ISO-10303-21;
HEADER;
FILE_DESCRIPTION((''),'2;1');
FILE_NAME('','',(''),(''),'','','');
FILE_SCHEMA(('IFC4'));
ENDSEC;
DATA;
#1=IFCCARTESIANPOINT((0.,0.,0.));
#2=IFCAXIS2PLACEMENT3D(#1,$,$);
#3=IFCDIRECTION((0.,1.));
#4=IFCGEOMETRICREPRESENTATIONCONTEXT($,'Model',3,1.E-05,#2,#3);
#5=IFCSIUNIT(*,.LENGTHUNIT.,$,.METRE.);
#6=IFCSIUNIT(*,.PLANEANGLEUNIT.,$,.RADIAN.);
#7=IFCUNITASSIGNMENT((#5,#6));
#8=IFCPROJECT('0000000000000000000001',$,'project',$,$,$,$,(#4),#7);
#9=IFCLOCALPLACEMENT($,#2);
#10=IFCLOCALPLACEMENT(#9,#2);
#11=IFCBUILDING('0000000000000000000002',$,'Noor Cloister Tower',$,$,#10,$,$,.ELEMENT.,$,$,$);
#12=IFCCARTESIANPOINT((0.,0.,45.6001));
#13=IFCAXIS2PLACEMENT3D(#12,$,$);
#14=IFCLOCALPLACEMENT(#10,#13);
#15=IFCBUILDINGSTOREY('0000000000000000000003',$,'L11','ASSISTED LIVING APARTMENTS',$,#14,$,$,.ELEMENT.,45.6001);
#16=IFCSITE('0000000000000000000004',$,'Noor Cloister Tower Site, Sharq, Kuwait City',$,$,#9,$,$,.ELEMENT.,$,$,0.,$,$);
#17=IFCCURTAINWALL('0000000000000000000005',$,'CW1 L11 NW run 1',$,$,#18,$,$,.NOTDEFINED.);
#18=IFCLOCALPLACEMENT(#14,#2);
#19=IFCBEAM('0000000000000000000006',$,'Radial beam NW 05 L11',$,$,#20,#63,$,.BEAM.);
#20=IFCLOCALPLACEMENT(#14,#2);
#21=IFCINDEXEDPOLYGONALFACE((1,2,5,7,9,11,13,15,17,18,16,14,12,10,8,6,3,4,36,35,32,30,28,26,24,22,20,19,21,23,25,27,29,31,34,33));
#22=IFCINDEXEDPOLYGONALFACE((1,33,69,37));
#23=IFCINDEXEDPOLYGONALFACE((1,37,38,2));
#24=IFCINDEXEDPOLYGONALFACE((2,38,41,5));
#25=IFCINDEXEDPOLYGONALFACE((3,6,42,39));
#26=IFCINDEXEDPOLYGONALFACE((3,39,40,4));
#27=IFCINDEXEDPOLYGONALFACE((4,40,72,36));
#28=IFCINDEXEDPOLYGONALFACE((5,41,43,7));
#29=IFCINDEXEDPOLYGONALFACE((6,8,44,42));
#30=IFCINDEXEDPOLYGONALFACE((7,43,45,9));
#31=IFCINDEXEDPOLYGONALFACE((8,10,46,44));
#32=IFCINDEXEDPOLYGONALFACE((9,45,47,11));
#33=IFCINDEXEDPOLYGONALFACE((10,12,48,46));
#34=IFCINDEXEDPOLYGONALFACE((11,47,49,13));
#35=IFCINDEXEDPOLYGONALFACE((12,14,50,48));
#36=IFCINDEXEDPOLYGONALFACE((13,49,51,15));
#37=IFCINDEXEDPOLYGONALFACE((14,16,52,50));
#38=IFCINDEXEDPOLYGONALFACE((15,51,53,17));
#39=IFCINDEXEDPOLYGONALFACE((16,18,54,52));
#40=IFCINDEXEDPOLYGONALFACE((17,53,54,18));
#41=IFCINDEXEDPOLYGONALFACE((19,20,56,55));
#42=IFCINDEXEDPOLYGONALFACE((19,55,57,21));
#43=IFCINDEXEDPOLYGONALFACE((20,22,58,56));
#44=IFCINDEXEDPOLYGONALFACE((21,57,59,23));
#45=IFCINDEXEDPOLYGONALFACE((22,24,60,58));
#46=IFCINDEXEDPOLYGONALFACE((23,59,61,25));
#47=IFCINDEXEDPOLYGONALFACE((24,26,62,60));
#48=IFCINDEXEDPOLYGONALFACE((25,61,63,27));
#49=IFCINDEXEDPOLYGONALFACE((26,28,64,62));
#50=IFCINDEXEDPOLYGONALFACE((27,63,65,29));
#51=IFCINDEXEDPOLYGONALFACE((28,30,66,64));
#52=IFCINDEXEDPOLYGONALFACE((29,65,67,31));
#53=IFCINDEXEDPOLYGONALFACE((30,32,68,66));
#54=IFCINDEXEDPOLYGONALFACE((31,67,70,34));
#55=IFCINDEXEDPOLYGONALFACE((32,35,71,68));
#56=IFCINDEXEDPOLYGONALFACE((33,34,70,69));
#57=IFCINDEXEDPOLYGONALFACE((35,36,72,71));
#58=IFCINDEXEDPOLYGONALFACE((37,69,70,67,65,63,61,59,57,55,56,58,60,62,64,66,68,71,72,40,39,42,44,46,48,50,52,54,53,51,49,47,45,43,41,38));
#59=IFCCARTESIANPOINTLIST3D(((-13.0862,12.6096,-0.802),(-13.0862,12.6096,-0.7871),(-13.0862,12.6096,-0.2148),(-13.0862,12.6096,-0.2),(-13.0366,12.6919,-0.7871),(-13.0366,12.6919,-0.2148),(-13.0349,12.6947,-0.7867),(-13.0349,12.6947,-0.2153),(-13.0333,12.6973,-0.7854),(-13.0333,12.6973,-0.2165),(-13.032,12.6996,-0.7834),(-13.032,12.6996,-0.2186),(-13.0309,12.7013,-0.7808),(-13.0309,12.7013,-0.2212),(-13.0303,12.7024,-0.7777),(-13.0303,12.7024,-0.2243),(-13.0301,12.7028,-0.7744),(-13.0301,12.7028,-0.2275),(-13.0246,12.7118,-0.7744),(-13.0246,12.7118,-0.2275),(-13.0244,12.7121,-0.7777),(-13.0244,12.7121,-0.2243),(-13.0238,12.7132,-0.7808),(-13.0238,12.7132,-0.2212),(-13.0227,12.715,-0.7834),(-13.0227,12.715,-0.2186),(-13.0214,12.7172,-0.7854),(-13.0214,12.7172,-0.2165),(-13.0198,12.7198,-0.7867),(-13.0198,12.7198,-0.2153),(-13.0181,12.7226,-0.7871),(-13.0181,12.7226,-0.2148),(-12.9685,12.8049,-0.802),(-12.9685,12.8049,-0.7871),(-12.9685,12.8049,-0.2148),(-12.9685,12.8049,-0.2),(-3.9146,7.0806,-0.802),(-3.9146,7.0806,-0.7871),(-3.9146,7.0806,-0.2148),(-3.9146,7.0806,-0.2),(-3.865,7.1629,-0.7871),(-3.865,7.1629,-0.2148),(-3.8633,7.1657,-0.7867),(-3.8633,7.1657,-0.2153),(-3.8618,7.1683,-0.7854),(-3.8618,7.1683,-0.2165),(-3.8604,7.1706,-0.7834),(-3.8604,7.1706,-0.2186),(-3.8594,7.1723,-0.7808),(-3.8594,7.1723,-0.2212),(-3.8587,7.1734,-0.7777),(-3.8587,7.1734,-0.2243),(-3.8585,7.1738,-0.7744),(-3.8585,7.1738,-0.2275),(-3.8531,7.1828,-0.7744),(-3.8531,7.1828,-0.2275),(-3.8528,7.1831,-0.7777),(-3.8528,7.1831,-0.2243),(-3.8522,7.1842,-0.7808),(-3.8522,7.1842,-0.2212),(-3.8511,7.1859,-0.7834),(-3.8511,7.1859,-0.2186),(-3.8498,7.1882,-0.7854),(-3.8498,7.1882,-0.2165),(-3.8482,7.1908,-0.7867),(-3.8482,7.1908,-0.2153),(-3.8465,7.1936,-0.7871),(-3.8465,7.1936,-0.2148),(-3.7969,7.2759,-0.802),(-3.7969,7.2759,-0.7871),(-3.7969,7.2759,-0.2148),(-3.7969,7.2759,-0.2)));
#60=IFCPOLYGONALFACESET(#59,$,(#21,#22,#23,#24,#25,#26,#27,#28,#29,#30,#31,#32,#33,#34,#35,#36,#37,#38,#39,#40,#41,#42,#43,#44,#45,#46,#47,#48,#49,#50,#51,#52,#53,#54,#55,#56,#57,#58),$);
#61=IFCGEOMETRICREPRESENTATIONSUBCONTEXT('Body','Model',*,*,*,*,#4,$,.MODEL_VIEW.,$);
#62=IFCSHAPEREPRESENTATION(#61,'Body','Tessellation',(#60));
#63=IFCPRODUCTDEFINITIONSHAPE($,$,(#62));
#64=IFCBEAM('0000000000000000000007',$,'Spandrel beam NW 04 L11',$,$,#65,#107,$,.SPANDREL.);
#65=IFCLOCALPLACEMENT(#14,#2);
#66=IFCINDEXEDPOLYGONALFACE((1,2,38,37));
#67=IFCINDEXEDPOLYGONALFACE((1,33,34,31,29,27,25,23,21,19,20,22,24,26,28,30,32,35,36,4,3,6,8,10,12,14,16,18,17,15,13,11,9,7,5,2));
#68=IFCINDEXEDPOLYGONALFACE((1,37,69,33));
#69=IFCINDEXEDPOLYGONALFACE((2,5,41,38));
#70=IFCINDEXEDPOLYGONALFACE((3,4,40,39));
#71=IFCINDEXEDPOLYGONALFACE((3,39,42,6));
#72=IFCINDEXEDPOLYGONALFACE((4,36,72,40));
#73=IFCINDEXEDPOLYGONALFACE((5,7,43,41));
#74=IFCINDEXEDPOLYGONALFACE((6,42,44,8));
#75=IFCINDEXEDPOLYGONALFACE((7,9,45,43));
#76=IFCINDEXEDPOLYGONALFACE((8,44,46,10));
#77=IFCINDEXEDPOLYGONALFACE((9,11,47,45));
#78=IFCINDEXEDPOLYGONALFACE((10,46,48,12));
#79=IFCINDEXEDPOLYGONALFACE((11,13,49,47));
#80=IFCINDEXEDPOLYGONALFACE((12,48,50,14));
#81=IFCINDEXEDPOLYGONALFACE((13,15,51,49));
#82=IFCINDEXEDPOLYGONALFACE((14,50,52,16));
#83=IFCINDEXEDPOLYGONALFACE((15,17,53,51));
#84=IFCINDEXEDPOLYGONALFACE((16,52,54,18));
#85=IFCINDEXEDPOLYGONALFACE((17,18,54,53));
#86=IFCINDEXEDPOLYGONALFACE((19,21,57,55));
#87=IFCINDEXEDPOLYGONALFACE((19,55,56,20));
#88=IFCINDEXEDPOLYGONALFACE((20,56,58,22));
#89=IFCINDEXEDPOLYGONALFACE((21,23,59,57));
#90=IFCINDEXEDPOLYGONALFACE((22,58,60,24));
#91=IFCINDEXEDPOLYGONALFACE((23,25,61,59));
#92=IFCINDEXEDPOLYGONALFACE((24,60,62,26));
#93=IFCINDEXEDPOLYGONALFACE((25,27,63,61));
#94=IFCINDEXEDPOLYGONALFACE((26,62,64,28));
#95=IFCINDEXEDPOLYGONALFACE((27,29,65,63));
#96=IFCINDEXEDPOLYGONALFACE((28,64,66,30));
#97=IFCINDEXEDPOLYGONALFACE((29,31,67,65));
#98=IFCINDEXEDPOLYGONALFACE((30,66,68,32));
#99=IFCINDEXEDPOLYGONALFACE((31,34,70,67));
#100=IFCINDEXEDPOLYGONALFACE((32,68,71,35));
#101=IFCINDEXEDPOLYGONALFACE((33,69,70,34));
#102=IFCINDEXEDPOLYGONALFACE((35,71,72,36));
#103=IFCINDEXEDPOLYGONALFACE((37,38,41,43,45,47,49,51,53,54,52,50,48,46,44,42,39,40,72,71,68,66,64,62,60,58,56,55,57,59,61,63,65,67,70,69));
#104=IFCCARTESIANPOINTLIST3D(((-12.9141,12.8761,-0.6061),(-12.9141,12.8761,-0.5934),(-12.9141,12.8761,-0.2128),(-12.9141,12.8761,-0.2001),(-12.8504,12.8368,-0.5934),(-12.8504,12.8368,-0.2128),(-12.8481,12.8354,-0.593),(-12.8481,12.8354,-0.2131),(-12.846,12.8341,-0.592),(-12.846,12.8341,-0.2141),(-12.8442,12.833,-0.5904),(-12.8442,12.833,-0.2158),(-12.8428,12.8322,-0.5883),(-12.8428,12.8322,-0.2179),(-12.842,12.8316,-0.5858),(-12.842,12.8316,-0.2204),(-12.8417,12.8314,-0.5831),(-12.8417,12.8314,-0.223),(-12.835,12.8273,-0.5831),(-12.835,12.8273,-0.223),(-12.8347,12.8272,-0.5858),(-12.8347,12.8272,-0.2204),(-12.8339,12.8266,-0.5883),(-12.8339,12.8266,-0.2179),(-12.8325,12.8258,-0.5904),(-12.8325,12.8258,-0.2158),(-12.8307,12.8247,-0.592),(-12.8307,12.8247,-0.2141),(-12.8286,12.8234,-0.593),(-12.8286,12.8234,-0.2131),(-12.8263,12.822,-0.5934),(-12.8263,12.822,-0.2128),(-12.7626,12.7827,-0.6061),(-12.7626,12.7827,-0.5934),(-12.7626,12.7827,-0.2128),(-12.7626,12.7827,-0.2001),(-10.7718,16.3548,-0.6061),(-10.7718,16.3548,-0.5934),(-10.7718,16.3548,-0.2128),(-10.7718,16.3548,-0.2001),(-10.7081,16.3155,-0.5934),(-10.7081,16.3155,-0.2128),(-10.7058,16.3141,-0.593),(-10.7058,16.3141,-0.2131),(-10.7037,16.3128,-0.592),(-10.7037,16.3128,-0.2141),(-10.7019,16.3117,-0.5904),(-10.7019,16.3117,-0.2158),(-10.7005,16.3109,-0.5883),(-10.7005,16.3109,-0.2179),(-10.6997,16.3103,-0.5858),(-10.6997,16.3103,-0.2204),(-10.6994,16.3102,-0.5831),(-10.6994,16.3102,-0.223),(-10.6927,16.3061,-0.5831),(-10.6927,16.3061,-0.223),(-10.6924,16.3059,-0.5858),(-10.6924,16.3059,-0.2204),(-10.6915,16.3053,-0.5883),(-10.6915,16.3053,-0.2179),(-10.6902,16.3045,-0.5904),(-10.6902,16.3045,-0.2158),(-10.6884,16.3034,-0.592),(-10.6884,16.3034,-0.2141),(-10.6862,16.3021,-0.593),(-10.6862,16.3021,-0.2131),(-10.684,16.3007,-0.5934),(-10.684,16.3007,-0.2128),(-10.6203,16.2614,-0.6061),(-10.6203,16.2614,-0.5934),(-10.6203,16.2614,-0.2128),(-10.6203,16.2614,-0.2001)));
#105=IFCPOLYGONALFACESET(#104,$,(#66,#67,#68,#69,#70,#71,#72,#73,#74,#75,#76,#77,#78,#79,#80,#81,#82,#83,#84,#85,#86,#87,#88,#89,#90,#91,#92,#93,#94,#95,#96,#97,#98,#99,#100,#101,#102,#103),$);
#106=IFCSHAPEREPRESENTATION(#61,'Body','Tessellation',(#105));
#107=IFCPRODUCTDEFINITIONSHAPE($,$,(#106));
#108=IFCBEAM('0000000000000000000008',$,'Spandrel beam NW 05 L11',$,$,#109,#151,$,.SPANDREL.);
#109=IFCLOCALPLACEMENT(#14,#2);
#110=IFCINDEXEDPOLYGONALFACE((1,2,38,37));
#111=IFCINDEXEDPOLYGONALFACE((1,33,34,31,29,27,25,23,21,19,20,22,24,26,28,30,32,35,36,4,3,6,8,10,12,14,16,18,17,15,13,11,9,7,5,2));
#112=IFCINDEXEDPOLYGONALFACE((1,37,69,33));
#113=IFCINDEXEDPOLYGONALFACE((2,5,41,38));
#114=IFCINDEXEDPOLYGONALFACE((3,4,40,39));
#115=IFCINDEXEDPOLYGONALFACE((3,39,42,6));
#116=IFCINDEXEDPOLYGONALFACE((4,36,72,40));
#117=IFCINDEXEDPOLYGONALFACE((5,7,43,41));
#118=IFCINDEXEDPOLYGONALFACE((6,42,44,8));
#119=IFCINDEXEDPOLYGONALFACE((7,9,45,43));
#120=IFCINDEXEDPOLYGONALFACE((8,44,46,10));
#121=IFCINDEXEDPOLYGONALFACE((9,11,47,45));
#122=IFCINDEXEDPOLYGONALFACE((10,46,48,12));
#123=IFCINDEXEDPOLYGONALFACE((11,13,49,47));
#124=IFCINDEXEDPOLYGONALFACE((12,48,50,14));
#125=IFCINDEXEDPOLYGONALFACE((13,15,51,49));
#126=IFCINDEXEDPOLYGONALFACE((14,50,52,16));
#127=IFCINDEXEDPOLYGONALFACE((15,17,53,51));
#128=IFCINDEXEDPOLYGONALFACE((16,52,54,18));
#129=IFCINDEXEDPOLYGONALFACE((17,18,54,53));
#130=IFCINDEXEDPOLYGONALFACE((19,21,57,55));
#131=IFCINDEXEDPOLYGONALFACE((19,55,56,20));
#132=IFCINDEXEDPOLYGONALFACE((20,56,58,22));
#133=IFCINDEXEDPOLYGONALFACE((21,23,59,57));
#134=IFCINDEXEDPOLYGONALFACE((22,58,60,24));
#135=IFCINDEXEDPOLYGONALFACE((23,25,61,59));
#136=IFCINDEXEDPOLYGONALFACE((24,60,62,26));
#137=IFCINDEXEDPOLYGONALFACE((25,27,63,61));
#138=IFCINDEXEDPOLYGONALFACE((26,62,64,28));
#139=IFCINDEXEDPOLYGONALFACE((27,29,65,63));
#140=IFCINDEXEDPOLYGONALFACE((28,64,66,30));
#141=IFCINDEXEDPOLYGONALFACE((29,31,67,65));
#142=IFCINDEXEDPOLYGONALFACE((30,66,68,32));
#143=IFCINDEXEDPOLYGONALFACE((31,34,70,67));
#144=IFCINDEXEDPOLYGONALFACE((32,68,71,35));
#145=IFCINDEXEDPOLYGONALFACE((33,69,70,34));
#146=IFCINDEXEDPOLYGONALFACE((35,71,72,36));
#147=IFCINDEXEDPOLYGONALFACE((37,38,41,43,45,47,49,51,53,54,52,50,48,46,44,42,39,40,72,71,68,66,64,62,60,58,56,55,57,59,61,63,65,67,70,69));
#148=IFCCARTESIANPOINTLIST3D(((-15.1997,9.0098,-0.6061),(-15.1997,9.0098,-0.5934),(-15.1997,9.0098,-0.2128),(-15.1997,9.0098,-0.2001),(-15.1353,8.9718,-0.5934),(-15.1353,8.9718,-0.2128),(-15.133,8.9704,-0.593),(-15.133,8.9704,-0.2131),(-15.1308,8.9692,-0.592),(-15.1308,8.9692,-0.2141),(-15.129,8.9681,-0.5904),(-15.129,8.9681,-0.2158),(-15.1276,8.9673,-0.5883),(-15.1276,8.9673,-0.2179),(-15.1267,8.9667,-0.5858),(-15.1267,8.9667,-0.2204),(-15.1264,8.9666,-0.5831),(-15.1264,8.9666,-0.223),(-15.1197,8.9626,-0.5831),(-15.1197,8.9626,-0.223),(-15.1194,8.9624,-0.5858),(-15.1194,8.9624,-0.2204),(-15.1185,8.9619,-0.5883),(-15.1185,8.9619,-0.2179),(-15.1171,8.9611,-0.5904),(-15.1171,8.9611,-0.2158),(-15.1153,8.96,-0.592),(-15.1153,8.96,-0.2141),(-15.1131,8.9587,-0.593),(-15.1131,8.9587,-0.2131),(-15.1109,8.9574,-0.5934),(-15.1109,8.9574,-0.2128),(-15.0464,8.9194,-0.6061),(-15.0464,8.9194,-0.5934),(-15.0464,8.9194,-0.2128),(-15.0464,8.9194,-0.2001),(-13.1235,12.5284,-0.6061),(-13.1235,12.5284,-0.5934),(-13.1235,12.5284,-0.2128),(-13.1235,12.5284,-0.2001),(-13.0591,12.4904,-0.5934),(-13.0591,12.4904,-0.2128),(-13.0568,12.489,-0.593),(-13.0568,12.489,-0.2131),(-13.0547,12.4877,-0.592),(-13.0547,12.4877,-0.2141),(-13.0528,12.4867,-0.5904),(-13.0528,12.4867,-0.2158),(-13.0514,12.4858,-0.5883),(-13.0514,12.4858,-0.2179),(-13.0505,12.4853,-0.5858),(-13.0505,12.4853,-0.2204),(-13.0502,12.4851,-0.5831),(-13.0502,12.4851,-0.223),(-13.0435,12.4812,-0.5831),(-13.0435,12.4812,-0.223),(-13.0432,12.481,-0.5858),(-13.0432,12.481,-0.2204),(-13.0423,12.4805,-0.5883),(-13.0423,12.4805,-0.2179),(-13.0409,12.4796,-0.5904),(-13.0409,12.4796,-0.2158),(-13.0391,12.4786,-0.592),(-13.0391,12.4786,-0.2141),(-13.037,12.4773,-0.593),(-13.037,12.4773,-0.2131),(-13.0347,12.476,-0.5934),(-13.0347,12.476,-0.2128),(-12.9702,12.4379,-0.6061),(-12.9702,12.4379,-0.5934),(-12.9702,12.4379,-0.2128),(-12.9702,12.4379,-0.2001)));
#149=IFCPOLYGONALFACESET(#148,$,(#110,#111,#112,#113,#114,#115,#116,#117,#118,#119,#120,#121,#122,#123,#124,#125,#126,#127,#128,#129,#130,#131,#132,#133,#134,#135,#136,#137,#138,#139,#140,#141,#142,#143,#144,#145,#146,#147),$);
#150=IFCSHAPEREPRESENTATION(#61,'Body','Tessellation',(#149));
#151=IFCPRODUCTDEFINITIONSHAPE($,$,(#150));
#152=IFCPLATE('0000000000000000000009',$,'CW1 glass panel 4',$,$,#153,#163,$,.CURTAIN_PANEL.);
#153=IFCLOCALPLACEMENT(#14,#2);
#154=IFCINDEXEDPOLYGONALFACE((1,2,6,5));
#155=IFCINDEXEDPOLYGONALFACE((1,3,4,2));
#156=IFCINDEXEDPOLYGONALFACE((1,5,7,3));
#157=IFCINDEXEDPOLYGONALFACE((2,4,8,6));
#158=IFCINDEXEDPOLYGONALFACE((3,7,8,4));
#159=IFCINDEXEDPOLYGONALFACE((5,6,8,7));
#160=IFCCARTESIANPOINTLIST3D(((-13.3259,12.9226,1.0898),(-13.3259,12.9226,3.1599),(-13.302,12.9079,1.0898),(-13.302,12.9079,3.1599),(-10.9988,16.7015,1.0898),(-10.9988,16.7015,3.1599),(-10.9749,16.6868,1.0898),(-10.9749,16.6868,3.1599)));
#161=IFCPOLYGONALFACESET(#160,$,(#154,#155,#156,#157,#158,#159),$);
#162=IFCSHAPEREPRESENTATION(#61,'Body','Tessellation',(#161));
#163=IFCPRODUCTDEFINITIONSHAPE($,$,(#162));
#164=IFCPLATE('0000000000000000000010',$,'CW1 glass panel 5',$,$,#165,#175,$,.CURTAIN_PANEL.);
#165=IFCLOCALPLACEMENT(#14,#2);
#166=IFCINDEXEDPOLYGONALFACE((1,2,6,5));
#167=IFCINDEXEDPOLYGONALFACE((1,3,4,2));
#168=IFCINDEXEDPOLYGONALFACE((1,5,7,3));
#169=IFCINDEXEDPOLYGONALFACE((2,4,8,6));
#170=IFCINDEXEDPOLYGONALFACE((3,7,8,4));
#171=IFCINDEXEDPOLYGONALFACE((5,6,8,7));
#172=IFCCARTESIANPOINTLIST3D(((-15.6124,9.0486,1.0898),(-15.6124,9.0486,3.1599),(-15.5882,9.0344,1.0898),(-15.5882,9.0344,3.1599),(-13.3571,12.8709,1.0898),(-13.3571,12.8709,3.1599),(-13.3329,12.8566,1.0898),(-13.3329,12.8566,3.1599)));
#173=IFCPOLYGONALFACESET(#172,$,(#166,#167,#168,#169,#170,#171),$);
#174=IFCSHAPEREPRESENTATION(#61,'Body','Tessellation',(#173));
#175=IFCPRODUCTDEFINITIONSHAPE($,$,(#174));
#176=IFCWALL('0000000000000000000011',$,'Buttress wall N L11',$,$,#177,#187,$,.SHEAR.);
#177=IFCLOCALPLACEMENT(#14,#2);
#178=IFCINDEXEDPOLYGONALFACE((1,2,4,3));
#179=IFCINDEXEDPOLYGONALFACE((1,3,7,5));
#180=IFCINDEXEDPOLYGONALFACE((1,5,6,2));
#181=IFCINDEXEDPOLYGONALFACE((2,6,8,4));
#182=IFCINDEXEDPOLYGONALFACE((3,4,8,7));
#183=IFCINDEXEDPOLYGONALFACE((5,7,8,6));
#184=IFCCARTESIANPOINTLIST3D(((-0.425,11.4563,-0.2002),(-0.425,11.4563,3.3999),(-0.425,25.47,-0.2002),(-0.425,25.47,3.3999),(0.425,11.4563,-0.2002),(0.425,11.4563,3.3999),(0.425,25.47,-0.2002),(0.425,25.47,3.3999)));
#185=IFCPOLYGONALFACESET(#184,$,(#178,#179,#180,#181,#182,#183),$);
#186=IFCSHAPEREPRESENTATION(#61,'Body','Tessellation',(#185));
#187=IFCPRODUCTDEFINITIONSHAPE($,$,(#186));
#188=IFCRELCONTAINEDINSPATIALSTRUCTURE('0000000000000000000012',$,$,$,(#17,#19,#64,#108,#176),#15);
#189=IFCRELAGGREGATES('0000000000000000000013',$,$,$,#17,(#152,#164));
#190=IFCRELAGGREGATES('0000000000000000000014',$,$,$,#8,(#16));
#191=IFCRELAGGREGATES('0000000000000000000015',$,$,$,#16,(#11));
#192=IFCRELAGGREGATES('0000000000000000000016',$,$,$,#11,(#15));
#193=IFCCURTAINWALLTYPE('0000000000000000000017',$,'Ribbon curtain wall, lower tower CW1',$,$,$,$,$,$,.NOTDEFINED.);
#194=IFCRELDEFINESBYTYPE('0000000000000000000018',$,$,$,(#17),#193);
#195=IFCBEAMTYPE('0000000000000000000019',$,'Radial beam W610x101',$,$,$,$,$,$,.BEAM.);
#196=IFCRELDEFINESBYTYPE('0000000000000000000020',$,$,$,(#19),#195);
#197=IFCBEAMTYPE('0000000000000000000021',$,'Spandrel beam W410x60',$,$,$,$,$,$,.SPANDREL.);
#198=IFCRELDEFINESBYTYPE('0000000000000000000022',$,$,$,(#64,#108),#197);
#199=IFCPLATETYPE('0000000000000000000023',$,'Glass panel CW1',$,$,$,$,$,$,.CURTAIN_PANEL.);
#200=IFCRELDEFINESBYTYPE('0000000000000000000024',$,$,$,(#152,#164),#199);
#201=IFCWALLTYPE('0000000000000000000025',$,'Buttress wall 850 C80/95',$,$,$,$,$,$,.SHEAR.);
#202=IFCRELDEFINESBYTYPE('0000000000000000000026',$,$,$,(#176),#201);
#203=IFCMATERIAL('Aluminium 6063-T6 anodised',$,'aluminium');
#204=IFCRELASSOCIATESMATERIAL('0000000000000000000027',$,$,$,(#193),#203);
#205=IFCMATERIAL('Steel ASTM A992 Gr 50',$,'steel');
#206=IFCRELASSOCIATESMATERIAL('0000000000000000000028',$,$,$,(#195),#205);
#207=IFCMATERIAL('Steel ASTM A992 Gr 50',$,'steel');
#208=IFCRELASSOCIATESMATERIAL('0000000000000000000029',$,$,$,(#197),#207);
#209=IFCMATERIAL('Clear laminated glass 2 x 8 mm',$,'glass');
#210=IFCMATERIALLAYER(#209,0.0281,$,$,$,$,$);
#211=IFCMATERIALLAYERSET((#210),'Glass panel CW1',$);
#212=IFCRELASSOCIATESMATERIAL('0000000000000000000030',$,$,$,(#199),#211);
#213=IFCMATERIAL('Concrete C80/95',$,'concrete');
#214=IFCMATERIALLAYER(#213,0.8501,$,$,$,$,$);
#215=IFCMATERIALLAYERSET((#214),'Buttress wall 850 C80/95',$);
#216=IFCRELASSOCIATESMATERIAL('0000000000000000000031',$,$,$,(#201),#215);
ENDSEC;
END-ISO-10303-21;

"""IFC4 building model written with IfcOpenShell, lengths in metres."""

from ifc_helpers import new_model, si_unit, direction, frame, frame_2d, origin, origin_2d, place, context, subcontext, project, spatial, rectangle, i_section, extrude, material, layer, layer_set, material_profile, profile_set, type_object, element, aggregate, save


model = new_model("IFC4")

# Units and contexts
model_context = context("Model", 3, precision=1e-05, world=origin(), true_north=direction((0.0, 1.0)))
body_context = subcontext(model_context, "Body", "Model", "MODEL_VIEW")
ifc_project = project(units=[si_unit("LENGTHUNIT", "METRE"), si_unit("PLANEANGLEUNIT", "RADIAN")], contexts=[model_context])

# Site, building, storey
site_placement = place(None, origin())
site = spatial("IfcSite", under=ifc_project, at=site_placement, Name="Noor Cloister Tower Site, Sharq, Kuwait City", CompositionType="ELEMENT", RefElevation=0.0)
building_placement = place(site_placement, origin())
building = spatial("IfcBuilding", under=site, at=building_placement, Name="Noor Cloister Tower", CompositionType="ELEMENT")
storey_placement = place(building_placement, frame((0.0, 0.0, 45.6001)))
storey = spatial("IfcBuildingStorey", under=building, at=storey_placement, Name="L11", Description="ASSISTED LIVING APARTMENTS", CompositionType="ELEMENT", Elevation=45.6001)

# Curtain wall
ifc_material_1 = material(Name="Aluminium 6063-T6 anodised", Category="aluminium")
curtain_wall_type = type_object("IfcCurtainWallType", Name="Ribbon curtain wall, lower tower CW1", PredefinedType="NOTDEFINED", material=ifc_material_1)
curtain_wall_placement = place(storey_placement, origin())
curtain_wall = element("IfcCurtainWall", 1, at=curtain_wall_placement, inside=storey, type_object=curtain_wall_type, Name="CW1 L11 NW run 1", PredefinedType="NOTDEFINED")

# Beams
ifc_material_2 = material(Name="Steel ASTM A992 Gr 50", Category="steel")
ifc_material_profile_1 = material_profile(ifc_material_2, i_section(OverallWidth=0.228, OverallDepth=0.6021, WebThickness=0.0105, FlangeThickness=0.0149, FilletRadius=0.0127, at=origin_2d()), Name="W610x101")
ifc_profile_set_1 = profile_set([ifc_material_profile_1], Name="Steel ASTM A992 Gr 50")
beam_type_1 = type_object("IfcBeamType", Name="Radial beam W610x101", PredefinedType="BEAM", material=ifc_profile_set_1)
beam_1_placement = place(storey_placement, frame((-13.0273, 12.7073, -0.501), z_axis=(0.856417, -0.516285, 0.0), x_axis=(0.516285, 0.856417, 0.0)))
element("IfcBeam", 2, at=beam_1_placement, inside=storey, type_object=beam_type_1, Name="Radial beam NW 05 L11", PredefinedType="BEAM", context=body_context, shape_type="SweptSolid", body=[
    extrude(i_section(OverallWidth=0.228, OverallDepth=0.6021, WebThickness=0.0105, FlangeThickness=0.0149, FilletRadius=0.0127, at=origin_2d()), origin(), (0.0, 0.0, 1.0), 10.7092),
])
ifc_material_3 = material(Name="Steel ASTM A992 Gr 50", Category="steel")
ifc_material_profile_2 = material_profile(ifc_material_3, i_section(OverallWidth=0.178, OverallDepth=0.406, WebThickness=0.0078, FlangeThickness=0.0127, FilletRadius=0.0103, at=origin_2d()), Name="W410x60")
ifc_profile_set_2 = profile_set([ifc_material_profile_2], Name="Steel ASTM A992 Gr 50")
beam_type_2 = type_object("IfcBeamType", Name="Spandrel beam W410x60", PredefinedType="SPANDREL", material=ifc_profile_set_2)
for number, where, z_axis, x_axis, name in (
    (3, (-10.696, 16.3081, -0.4031), (-0.524374, -0.851488, 0.0), (0.851488, -0.524374, 0.0), "Spandrel beam NW 04 L11"),
    (4, (-13.0469, 12.4832, -0.4031), (-0.50819, -0.861245, 0.0), (0.861245, -0.50819, 0.0), "Spandrel beam NW 05 L11"),
):
    element("IfcBeam", number, at=place(storey_placement, frame(where, z_axis=z_axis, x_axis=x_axis)), inside=storey, type_object=beam_type_2, Name=name, PredefinedType="SPANDREL", context=body_context, shape_type="SweptSolid", body=[
        extrude(i_section(OverallWidth=0.178, OverallDepth=0.406, WebThickness=0.0078, FlangeThickness=0.0127, FilletRadius=0.0103, at=origin_2d()), origin(), (0.0, 0.0, 1.0), 4.0854),
    ])

# Plates
ifc_material_4 = material(Name="Clear laminated glass 2 x 8 mm", Category="glass")
ifc_layer_1 = layer(ifc_material_4, 0.0281)
ifc_layer_set_1 = layer_set([ifc_layer_1], Name="Glass panel CW1")
plate_type = type_object("IfcPlateType", Name="Glass panel CW1", PredefinedType="CURTAIN_PANEL", material=ifc_layer_set_1)
plate_1_placement = place(storey_placement, frame((-12.1504, 14.8047, 1.0898), z_axis=(0.0, 0.0, 1.0), x_axis=(-0.524368, -0.851492, 0.0)))
plate_1 = element("IfcPlate", 5, at=plate_1_placement, type_object=plate_type, Name="CW1 glass panel 4", PredefinedType="CURTAIN_PANEL", context=body_context, shape_type="SweptSolid", body=[
    extrude(rectangle(XDim=4.438, YDim=0.0281, at=origin_2d()), origin(), (0.0, 0.0, 1.0), 2.0701),
])
plate_2_placement = place(storey_placement, frame((-14.4727, 10.9526, 1.0898), z_axis=(0.0, 0.0, 1.0), x_axis=(-0.508168, -0.861258, 0.0)))
plate_2 = element("IfcPlate", 6, at=plate_2_placement, type_object=plate_type, Name="CW1 glass panel 5", PredefinedType="CURTAIN_PANEL", context=body_context, shape_type="SweptSolid", body=[
    extrude(rectangle(XDim=4.438, YDim=0.0281, at=origin_2d()), origin(), (0.0, 0.0, 1.0), 2.0701),
])
aggregate(curtain_wall, [plate_1, plate_2])

# Wall
ifc_material_5 = material(Name="Concrete C80/95", Category="concrete")
ifc_layer_2 = layer(ifc_material_5, 0.8501)
ifc_layer_set_2 = layer_set([ifc_layer_2], Name="Buttress wall 850 C80/95")
wall_type_1 = type_object("IfcWallType", Name="Buttress wall 850 C80/95", PredefinedType="SHEAR", material=ifc_layer_set_2)
wall_1_placement = place(storey_placement, frame((0.0, 11.4563, -0.2002), z_axis=(0.0, 0.0, 1.0), x_axis=(0.0, 1.0, 0.0)))
element("IfcWall", 7, at=wall_1_placement, inside=storey, type_object=wall_type_1, Name="Buttress wall N L11", PredefinedType="SHEAR", context=body_context, shape_type="SweptSolid", body=[
    extrude(rectangle(XDim=14.0137, YDim=0.8501, at=frame_2d((7.0068, 0.0))), origin(), (0.0, 0.0, 1.0), 3.6001),
])

save(model, "model.ifc")
